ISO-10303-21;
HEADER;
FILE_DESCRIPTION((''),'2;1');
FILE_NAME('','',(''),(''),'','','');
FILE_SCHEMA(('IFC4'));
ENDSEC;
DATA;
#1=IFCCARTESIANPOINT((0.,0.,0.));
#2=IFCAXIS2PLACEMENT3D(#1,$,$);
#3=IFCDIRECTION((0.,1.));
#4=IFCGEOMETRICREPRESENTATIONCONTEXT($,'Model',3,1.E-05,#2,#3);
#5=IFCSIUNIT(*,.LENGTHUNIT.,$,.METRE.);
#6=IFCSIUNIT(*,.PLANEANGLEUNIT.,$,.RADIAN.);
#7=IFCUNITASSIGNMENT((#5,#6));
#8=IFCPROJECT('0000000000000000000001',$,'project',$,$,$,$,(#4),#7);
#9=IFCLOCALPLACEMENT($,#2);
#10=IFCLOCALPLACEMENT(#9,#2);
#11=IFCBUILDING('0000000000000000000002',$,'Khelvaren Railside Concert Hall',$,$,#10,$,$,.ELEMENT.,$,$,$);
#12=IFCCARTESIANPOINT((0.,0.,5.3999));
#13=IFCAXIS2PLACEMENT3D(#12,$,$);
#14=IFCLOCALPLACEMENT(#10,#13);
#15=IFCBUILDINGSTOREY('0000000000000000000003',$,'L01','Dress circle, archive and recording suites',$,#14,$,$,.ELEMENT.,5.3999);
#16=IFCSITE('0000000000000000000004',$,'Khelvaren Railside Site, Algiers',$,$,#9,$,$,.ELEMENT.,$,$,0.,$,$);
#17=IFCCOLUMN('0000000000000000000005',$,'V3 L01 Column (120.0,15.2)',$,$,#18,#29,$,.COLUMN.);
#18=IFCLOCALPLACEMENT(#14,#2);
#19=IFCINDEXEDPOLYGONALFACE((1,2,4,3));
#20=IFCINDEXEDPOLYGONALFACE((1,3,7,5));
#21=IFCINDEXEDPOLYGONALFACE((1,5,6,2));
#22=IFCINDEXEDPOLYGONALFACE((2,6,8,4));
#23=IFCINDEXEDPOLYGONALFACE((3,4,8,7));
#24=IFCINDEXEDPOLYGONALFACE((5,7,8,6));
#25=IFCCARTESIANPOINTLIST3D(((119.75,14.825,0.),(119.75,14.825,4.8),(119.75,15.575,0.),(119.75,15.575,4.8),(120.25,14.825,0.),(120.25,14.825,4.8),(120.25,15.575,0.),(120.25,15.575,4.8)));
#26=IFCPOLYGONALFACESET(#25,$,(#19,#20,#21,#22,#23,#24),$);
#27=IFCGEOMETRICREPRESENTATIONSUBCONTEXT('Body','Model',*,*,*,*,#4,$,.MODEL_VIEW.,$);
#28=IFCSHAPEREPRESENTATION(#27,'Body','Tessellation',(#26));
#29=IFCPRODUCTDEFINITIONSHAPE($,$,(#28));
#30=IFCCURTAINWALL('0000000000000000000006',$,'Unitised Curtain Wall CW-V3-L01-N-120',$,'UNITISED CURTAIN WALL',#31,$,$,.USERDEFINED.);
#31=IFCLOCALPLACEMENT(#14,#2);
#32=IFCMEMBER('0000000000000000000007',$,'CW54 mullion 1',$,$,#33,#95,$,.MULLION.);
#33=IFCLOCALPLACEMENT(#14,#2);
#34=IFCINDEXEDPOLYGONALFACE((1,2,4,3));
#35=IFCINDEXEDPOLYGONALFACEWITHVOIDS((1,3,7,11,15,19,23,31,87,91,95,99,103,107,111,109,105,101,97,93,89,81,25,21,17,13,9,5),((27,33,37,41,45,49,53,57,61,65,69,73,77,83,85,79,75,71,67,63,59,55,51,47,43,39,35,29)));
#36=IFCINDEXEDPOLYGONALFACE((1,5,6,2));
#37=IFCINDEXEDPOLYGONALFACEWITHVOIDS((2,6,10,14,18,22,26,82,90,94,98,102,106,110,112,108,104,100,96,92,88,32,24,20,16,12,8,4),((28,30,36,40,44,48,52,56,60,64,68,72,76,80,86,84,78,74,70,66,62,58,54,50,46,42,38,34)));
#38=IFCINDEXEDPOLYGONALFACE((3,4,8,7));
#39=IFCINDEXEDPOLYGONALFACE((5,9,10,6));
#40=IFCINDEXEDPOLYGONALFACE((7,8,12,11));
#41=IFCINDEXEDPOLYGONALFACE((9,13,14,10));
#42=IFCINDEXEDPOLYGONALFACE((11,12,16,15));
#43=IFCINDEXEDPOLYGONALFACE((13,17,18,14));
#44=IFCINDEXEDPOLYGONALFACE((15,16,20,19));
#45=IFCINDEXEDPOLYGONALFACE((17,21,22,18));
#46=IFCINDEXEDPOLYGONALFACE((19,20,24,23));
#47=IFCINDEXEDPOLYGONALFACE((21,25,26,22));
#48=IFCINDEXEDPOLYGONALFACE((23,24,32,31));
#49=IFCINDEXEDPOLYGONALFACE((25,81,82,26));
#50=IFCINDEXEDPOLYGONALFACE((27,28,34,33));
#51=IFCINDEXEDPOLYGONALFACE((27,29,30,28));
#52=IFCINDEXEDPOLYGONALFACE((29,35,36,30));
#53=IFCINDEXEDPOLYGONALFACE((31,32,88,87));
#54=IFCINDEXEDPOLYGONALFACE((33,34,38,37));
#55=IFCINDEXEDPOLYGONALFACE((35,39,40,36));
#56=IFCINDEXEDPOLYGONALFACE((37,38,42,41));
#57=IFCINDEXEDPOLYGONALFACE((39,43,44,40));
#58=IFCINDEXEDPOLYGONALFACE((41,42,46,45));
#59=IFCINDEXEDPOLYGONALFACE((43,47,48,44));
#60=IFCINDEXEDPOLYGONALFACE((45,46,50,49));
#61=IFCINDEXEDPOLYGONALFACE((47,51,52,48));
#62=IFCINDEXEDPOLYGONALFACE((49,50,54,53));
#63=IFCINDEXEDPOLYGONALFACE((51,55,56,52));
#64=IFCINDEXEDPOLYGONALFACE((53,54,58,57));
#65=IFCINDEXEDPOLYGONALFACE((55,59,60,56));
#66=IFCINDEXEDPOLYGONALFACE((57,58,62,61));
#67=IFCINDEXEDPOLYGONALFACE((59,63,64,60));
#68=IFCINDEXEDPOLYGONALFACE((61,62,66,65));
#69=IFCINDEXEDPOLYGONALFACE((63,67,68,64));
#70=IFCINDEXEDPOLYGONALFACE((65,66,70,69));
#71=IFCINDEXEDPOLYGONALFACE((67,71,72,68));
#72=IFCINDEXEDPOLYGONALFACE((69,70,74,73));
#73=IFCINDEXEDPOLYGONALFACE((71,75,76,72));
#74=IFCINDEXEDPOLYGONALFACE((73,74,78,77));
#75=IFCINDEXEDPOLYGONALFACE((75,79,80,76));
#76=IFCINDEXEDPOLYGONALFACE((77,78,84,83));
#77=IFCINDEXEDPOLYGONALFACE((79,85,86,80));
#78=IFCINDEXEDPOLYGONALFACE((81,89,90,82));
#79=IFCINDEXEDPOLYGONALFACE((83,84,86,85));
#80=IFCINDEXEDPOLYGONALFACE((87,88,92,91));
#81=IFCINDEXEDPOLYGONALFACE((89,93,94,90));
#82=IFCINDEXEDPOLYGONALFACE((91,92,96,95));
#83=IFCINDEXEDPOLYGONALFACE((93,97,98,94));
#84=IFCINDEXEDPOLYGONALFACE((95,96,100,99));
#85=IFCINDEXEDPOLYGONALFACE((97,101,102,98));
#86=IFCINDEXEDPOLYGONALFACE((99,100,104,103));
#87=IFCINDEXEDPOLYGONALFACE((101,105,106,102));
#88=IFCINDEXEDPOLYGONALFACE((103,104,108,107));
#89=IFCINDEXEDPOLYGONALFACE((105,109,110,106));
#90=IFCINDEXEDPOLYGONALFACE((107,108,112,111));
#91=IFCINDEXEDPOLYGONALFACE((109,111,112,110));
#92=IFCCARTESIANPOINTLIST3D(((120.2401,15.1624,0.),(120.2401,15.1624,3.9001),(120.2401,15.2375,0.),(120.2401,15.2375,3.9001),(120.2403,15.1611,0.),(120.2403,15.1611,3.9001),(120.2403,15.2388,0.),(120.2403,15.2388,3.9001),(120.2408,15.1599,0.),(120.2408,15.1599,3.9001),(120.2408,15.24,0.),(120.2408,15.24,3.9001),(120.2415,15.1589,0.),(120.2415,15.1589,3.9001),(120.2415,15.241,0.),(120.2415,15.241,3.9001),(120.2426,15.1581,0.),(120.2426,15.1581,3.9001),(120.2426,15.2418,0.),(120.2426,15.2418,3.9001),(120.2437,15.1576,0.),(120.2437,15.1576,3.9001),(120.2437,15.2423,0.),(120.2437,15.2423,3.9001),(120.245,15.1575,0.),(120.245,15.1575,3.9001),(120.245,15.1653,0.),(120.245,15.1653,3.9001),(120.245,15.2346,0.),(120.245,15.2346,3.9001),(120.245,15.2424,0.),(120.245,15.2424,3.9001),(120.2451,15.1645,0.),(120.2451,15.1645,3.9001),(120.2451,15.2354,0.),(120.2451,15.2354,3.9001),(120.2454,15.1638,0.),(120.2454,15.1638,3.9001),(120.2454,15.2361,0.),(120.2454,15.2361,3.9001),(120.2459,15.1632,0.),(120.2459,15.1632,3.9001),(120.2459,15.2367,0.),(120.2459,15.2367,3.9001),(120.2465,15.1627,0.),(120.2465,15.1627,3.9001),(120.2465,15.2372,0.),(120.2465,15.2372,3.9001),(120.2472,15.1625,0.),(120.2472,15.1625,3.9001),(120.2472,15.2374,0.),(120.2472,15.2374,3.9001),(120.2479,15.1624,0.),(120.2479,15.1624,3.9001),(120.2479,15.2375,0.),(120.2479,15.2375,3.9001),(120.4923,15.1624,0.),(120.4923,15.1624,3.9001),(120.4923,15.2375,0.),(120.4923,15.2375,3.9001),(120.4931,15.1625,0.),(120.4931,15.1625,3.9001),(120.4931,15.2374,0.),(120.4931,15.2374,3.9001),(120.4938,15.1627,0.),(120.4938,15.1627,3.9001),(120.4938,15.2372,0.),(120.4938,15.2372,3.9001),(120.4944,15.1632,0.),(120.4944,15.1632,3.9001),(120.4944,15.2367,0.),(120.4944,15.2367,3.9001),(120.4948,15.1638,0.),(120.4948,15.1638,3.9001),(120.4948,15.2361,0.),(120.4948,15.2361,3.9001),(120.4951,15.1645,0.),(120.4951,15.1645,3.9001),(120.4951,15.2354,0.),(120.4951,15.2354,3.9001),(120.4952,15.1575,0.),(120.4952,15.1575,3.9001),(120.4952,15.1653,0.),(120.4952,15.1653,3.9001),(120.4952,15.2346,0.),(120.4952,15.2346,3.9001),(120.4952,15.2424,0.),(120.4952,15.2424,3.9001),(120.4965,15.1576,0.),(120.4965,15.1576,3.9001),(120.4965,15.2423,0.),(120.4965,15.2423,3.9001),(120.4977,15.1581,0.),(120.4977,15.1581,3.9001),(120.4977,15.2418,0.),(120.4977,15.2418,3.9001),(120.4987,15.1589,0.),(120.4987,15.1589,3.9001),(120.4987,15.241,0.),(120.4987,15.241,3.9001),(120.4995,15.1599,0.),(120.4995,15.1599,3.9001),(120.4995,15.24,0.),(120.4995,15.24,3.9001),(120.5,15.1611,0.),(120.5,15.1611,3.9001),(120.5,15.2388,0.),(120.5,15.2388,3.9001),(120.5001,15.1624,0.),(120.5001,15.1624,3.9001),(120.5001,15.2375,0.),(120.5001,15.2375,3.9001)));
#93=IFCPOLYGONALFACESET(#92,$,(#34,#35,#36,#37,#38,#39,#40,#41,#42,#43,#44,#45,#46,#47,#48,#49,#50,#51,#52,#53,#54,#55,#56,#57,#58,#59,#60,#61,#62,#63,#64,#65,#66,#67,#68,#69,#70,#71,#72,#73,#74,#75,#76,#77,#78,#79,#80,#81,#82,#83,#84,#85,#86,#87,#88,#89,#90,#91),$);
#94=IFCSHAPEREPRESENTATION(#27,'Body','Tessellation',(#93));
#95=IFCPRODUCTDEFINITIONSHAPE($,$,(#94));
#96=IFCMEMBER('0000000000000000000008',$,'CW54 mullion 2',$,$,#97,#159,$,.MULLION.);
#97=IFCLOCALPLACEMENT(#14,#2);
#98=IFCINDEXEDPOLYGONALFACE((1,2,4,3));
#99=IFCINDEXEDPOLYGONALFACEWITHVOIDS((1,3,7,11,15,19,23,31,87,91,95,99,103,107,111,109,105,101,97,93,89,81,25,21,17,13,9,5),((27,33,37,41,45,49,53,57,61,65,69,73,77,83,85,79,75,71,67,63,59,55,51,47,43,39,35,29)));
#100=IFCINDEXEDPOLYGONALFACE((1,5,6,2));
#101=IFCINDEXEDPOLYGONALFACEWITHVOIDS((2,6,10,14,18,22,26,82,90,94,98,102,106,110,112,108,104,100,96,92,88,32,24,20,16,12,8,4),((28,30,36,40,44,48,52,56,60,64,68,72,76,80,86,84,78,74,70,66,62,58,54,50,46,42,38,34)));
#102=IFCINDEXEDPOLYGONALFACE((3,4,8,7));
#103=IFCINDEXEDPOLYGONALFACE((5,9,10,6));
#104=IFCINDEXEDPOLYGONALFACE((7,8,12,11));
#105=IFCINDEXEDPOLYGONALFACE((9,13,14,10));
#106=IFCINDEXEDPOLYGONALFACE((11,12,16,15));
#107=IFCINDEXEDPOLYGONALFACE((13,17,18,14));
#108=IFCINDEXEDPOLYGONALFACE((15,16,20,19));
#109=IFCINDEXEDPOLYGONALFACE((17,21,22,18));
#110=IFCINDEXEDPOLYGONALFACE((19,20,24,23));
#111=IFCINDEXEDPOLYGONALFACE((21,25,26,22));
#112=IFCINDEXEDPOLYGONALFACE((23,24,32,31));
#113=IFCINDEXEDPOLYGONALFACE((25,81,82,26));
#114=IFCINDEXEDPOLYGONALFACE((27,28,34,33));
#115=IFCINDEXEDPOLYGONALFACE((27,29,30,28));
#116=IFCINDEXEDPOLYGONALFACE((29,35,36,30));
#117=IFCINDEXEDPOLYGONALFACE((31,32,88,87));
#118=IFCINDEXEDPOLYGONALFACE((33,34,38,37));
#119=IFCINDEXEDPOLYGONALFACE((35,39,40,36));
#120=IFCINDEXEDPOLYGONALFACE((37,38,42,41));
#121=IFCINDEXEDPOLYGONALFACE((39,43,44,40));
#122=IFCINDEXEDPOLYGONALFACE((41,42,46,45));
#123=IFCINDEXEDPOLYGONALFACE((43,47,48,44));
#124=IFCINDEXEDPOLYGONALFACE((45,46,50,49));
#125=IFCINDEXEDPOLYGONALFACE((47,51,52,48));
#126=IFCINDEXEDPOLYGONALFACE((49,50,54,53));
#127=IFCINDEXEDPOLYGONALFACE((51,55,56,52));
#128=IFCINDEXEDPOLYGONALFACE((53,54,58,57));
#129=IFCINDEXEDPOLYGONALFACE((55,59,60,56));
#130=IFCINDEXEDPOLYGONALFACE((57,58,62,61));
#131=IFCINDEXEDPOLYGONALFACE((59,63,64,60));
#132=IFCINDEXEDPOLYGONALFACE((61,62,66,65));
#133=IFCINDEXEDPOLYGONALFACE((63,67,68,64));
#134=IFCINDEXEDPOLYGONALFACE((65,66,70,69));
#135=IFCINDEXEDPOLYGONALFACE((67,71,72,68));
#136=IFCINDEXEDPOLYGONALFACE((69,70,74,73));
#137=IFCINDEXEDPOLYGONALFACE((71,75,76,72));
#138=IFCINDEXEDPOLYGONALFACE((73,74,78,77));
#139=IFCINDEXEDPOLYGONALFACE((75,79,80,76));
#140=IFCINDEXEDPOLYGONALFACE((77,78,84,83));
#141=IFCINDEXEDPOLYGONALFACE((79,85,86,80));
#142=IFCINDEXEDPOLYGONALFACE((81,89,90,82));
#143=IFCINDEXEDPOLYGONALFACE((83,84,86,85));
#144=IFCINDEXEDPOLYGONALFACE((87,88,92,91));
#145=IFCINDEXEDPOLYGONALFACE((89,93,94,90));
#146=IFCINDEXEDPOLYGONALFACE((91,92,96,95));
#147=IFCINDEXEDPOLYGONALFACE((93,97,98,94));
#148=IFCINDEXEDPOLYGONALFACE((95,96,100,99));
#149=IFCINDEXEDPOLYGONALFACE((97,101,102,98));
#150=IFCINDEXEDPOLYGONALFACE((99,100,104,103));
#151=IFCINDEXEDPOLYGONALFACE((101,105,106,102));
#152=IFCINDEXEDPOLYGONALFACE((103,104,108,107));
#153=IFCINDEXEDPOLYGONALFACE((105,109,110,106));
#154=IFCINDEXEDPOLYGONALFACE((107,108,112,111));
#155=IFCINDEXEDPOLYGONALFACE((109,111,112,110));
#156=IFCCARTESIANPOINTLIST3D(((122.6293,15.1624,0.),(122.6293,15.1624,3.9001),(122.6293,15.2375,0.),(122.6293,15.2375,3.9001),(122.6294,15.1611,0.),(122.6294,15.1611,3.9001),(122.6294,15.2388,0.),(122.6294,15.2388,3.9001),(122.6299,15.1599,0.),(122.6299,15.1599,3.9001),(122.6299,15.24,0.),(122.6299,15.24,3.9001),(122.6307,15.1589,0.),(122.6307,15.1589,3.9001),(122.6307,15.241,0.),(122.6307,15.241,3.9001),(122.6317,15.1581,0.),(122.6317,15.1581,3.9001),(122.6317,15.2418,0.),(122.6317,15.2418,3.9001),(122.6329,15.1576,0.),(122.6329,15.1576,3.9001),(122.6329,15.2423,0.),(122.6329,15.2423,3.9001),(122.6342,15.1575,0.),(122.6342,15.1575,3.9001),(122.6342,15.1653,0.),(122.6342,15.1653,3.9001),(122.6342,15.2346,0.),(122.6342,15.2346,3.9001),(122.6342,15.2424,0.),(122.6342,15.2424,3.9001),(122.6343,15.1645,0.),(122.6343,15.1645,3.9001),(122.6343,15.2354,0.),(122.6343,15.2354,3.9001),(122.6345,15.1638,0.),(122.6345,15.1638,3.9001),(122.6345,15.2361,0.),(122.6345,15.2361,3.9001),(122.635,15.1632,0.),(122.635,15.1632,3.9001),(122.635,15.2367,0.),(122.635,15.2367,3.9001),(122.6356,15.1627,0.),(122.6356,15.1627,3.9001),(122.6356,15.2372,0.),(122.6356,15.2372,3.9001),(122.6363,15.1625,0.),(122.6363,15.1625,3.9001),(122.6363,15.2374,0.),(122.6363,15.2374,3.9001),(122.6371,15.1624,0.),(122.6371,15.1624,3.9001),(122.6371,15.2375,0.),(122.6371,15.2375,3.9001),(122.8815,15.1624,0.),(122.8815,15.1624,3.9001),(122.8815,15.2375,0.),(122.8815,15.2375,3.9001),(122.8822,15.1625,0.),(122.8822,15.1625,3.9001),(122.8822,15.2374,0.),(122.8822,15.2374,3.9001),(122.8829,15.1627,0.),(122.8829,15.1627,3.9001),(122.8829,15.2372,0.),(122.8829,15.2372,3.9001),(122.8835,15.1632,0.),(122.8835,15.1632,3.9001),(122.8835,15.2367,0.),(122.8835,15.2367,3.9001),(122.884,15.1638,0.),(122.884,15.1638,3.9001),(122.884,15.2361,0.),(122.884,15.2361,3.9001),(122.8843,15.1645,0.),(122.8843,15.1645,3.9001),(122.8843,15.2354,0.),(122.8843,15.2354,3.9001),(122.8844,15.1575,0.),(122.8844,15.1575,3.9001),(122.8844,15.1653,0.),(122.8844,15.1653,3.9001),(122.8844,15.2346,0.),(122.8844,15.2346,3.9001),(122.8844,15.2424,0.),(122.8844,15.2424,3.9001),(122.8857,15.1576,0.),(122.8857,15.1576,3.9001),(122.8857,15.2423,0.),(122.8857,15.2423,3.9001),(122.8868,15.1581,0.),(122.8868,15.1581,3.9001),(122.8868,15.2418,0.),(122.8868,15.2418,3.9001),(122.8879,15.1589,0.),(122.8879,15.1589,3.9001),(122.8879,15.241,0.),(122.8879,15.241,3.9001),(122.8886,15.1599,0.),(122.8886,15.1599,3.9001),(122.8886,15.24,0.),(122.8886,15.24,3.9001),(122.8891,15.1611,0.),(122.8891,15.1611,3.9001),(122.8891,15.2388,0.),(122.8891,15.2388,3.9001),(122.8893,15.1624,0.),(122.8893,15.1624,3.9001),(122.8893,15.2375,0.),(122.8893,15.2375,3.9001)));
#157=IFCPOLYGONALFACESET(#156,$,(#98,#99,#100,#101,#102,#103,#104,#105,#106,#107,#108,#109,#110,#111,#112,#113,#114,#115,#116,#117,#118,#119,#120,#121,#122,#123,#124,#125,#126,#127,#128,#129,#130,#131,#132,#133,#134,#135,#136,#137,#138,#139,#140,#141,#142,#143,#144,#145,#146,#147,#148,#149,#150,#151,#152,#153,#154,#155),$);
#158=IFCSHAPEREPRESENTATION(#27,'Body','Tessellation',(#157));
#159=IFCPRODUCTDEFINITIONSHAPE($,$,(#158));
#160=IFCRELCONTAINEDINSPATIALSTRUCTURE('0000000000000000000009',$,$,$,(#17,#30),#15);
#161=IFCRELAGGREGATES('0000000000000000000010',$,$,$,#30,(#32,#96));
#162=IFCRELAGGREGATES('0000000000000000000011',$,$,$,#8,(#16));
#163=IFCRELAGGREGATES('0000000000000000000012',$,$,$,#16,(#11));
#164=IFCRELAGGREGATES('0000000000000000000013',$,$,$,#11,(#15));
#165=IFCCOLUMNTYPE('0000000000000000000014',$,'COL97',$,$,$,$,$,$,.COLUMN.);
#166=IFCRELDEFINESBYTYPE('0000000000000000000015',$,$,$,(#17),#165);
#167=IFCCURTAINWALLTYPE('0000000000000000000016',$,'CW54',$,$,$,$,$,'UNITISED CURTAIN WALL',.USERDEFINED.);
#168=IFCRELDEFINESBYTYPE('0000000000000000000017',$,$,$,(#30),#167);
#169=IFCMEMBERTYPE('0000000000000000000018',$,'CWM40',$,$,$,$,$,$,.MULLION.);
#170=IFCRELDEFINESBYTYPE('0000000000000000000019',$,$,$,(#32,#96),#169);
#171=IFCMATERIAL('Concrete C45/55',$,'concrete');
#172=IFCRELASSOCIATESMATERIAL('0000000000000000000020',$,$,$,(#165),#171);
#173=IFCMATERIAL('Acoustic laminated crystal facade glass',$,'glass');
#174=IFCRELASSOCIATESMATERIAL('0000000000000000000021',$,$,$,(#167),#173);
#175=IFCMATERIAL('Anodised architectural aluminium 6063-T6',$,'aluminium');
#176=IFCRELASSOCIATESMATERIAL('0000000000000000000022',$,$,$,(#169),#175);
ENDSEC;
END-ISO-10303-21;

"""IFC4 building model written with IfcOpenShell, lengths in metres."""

from ifc_helpers import new_model, si_unit, direction, frame, origin, origin_2d, place, context, subcontext, project, spatial, rectangle, hollow_rectangle, extrude, material, material_profile, profile_set, type_object, element, aggregate, save


model = new_model("IFC4")

# Units and contexts
model_context = context("Model", 3, precision=1e-05, world=origin(), true_north=direction((0.0, 1.0)))
body_context = subcontext(model_context, "Body", "Model", "MODEL_VIEW")
ifc_project = project(units=[si_unit("LENGTHUNIT", "METRE"), si_unit("PLANEANGLEUNIT", "RADIAN")], contexts=[model_context])

# Site, building, storey
site_placement = place(None, origin())
site = spatial("IfcSite", under=ifc_project, at=site_placement, Name="Khelvaren Railside Site, Algiers", CompositionType="ELEMENT", RefElevation=0.0)
building_placement = place(site_placement, origin())
building = spatial("IfcBuilding", under=site, at=building_placement, Name="Khelvaren Railside Concert Hall", CompositionType="ELEMENT")
storey_placement = place(building_placement, frame((0.0, 0.0, 5.3999)))
storey = spatial("IfcBuildingStorey", under=building, at=storey_placement, Name="L01", Description="Dress circle, archive and recording suites", CompositionType="ELEMENT", Elevation=5.3999)

# Column
ifc_material_1 = material(Name="Concrete C45/55", Category="concrete")
ifc_material_profile_1 = material_profile(ifc_material_1, rectangle(XDim=0.5, YDim=0.75, at=origin_2d()), Name="RC 500x750")
ifc_profile_set_1 = profile_set([ifc_material_profile_1], Name="Concrete C45/55")
column_type = type_object("IfcColumnType", Name="COL97", PredefinedType="COLUMN", material=ifc_profile_set_1)
column_placement = place(storey_placement, frame((120.0, 15.2, 0.0), z_axis=(0.0, 0.0, 1.0), x_axis=(1.0, 0.0, 0.0)))
element("IfcColumn", 1, at=column_placement, inside=storey, type_object=column_type, Name="V3 L01 Column (120.0,15.2)", PredefinedType="COLUMN", context=body_context, shape_type="SweptSolid", body=[
    extrude(rectangle(XDim=0.5, YDim=0.75, at=origin_2d()), origin(), (0.0, 0.0, 1.0), 4.8),
])

# Curtain wall, members
ifc_material_2 = material(Name="Acoustic laminated crystal facade glass", Category="glass")
curtain_wall_type = type_object("IfcCurtainWallType", Name="CW54", ElementType="UNITISED CURTAIN WALL", PredefinedType="USERDEFINED", material=ifc_material_2)
curtain_wall_placement = place(storey_placement, origin())
curtain_wall = element("IfcCurtainWall", 2, at=curtain_wall_placement, inside=storey, type_object=curtain_wall_type, Name="Unitised Curtain Wall CW-V3-L01-N-120", ObjectType="UNITISED CURTAIN WALL", PredefinedType="USERDEFINED")
ifc_material_3 = material(Name="Anodised architectural aluminium 6063-T6", Category="aluminium")
ifc_material_profile_2 = material_profile(ifc_material_3, hollow_rectangle(XDim=0.085, YDim=0.26, WallThickness=0.0049, InnerFilletRadius=0.0029, OuterFilletRadius=0.0049, at=origin_2d()), Name="CWM 85x260x5")
ifc_profile_set_2 = profile_set([ifc_material_profile_2], Name="Anodised architectural aluminium 6063-T6")
member_type_1 = type_object("IfcMemberType", Name="CWM40", PredefinedType="MULLION", material=ifc_profile_set_2)
member_1_placement = place(storey_placement, frame((120.3701, 15.2, 0.0), z_axis=(0.0, 0.0, 1.0), x_axis=(0.0, 1.0, 0.0)))
member_1 = element("IfcMember", 3, at=member_1_placement, type_object=member_type_1, Name="CW54 mullion 1", PredefinedType="MULLION", context=body_context, shape_type="SweptSolid", body=[
    extrude(hollow_rectangle(XDim=0.085, YDim=0.26, WallThickness=0.0049, InnerFilletRadius=0.0029, OuterFilletRadius=0.0049, at=origin_2d()), origin(), (0.0, 0.0, 1.0), 3.9001),
])
member_2_placement = place(storey_placement, frame((122.7593, 15.2, 0.0), z_axis=(0.0, 0.0, 1.0), x_axis=(0.0, 1.0, 0.0)))
member_2 = element("IfcMember", 4, at=member_2_placement, type_object=member_type_1, Name="CW54 mullion 2", PredefinedType="MULLION", context=body_context, shape_type="SweptSolid", body=[
    extrude(hollow_rectangle(XDim=0.085, YDim=0.26, WallThickness=0.0049, InnerFilletRadius=0.0029, OuterFilletRadius=0.0049, at=origin_2d()), origin(), (0.0, 0.0, 1.0), 3.9001),
])

aggregate(curtain_wall, [member_1, member_2])

save(model, "model.ifc")
